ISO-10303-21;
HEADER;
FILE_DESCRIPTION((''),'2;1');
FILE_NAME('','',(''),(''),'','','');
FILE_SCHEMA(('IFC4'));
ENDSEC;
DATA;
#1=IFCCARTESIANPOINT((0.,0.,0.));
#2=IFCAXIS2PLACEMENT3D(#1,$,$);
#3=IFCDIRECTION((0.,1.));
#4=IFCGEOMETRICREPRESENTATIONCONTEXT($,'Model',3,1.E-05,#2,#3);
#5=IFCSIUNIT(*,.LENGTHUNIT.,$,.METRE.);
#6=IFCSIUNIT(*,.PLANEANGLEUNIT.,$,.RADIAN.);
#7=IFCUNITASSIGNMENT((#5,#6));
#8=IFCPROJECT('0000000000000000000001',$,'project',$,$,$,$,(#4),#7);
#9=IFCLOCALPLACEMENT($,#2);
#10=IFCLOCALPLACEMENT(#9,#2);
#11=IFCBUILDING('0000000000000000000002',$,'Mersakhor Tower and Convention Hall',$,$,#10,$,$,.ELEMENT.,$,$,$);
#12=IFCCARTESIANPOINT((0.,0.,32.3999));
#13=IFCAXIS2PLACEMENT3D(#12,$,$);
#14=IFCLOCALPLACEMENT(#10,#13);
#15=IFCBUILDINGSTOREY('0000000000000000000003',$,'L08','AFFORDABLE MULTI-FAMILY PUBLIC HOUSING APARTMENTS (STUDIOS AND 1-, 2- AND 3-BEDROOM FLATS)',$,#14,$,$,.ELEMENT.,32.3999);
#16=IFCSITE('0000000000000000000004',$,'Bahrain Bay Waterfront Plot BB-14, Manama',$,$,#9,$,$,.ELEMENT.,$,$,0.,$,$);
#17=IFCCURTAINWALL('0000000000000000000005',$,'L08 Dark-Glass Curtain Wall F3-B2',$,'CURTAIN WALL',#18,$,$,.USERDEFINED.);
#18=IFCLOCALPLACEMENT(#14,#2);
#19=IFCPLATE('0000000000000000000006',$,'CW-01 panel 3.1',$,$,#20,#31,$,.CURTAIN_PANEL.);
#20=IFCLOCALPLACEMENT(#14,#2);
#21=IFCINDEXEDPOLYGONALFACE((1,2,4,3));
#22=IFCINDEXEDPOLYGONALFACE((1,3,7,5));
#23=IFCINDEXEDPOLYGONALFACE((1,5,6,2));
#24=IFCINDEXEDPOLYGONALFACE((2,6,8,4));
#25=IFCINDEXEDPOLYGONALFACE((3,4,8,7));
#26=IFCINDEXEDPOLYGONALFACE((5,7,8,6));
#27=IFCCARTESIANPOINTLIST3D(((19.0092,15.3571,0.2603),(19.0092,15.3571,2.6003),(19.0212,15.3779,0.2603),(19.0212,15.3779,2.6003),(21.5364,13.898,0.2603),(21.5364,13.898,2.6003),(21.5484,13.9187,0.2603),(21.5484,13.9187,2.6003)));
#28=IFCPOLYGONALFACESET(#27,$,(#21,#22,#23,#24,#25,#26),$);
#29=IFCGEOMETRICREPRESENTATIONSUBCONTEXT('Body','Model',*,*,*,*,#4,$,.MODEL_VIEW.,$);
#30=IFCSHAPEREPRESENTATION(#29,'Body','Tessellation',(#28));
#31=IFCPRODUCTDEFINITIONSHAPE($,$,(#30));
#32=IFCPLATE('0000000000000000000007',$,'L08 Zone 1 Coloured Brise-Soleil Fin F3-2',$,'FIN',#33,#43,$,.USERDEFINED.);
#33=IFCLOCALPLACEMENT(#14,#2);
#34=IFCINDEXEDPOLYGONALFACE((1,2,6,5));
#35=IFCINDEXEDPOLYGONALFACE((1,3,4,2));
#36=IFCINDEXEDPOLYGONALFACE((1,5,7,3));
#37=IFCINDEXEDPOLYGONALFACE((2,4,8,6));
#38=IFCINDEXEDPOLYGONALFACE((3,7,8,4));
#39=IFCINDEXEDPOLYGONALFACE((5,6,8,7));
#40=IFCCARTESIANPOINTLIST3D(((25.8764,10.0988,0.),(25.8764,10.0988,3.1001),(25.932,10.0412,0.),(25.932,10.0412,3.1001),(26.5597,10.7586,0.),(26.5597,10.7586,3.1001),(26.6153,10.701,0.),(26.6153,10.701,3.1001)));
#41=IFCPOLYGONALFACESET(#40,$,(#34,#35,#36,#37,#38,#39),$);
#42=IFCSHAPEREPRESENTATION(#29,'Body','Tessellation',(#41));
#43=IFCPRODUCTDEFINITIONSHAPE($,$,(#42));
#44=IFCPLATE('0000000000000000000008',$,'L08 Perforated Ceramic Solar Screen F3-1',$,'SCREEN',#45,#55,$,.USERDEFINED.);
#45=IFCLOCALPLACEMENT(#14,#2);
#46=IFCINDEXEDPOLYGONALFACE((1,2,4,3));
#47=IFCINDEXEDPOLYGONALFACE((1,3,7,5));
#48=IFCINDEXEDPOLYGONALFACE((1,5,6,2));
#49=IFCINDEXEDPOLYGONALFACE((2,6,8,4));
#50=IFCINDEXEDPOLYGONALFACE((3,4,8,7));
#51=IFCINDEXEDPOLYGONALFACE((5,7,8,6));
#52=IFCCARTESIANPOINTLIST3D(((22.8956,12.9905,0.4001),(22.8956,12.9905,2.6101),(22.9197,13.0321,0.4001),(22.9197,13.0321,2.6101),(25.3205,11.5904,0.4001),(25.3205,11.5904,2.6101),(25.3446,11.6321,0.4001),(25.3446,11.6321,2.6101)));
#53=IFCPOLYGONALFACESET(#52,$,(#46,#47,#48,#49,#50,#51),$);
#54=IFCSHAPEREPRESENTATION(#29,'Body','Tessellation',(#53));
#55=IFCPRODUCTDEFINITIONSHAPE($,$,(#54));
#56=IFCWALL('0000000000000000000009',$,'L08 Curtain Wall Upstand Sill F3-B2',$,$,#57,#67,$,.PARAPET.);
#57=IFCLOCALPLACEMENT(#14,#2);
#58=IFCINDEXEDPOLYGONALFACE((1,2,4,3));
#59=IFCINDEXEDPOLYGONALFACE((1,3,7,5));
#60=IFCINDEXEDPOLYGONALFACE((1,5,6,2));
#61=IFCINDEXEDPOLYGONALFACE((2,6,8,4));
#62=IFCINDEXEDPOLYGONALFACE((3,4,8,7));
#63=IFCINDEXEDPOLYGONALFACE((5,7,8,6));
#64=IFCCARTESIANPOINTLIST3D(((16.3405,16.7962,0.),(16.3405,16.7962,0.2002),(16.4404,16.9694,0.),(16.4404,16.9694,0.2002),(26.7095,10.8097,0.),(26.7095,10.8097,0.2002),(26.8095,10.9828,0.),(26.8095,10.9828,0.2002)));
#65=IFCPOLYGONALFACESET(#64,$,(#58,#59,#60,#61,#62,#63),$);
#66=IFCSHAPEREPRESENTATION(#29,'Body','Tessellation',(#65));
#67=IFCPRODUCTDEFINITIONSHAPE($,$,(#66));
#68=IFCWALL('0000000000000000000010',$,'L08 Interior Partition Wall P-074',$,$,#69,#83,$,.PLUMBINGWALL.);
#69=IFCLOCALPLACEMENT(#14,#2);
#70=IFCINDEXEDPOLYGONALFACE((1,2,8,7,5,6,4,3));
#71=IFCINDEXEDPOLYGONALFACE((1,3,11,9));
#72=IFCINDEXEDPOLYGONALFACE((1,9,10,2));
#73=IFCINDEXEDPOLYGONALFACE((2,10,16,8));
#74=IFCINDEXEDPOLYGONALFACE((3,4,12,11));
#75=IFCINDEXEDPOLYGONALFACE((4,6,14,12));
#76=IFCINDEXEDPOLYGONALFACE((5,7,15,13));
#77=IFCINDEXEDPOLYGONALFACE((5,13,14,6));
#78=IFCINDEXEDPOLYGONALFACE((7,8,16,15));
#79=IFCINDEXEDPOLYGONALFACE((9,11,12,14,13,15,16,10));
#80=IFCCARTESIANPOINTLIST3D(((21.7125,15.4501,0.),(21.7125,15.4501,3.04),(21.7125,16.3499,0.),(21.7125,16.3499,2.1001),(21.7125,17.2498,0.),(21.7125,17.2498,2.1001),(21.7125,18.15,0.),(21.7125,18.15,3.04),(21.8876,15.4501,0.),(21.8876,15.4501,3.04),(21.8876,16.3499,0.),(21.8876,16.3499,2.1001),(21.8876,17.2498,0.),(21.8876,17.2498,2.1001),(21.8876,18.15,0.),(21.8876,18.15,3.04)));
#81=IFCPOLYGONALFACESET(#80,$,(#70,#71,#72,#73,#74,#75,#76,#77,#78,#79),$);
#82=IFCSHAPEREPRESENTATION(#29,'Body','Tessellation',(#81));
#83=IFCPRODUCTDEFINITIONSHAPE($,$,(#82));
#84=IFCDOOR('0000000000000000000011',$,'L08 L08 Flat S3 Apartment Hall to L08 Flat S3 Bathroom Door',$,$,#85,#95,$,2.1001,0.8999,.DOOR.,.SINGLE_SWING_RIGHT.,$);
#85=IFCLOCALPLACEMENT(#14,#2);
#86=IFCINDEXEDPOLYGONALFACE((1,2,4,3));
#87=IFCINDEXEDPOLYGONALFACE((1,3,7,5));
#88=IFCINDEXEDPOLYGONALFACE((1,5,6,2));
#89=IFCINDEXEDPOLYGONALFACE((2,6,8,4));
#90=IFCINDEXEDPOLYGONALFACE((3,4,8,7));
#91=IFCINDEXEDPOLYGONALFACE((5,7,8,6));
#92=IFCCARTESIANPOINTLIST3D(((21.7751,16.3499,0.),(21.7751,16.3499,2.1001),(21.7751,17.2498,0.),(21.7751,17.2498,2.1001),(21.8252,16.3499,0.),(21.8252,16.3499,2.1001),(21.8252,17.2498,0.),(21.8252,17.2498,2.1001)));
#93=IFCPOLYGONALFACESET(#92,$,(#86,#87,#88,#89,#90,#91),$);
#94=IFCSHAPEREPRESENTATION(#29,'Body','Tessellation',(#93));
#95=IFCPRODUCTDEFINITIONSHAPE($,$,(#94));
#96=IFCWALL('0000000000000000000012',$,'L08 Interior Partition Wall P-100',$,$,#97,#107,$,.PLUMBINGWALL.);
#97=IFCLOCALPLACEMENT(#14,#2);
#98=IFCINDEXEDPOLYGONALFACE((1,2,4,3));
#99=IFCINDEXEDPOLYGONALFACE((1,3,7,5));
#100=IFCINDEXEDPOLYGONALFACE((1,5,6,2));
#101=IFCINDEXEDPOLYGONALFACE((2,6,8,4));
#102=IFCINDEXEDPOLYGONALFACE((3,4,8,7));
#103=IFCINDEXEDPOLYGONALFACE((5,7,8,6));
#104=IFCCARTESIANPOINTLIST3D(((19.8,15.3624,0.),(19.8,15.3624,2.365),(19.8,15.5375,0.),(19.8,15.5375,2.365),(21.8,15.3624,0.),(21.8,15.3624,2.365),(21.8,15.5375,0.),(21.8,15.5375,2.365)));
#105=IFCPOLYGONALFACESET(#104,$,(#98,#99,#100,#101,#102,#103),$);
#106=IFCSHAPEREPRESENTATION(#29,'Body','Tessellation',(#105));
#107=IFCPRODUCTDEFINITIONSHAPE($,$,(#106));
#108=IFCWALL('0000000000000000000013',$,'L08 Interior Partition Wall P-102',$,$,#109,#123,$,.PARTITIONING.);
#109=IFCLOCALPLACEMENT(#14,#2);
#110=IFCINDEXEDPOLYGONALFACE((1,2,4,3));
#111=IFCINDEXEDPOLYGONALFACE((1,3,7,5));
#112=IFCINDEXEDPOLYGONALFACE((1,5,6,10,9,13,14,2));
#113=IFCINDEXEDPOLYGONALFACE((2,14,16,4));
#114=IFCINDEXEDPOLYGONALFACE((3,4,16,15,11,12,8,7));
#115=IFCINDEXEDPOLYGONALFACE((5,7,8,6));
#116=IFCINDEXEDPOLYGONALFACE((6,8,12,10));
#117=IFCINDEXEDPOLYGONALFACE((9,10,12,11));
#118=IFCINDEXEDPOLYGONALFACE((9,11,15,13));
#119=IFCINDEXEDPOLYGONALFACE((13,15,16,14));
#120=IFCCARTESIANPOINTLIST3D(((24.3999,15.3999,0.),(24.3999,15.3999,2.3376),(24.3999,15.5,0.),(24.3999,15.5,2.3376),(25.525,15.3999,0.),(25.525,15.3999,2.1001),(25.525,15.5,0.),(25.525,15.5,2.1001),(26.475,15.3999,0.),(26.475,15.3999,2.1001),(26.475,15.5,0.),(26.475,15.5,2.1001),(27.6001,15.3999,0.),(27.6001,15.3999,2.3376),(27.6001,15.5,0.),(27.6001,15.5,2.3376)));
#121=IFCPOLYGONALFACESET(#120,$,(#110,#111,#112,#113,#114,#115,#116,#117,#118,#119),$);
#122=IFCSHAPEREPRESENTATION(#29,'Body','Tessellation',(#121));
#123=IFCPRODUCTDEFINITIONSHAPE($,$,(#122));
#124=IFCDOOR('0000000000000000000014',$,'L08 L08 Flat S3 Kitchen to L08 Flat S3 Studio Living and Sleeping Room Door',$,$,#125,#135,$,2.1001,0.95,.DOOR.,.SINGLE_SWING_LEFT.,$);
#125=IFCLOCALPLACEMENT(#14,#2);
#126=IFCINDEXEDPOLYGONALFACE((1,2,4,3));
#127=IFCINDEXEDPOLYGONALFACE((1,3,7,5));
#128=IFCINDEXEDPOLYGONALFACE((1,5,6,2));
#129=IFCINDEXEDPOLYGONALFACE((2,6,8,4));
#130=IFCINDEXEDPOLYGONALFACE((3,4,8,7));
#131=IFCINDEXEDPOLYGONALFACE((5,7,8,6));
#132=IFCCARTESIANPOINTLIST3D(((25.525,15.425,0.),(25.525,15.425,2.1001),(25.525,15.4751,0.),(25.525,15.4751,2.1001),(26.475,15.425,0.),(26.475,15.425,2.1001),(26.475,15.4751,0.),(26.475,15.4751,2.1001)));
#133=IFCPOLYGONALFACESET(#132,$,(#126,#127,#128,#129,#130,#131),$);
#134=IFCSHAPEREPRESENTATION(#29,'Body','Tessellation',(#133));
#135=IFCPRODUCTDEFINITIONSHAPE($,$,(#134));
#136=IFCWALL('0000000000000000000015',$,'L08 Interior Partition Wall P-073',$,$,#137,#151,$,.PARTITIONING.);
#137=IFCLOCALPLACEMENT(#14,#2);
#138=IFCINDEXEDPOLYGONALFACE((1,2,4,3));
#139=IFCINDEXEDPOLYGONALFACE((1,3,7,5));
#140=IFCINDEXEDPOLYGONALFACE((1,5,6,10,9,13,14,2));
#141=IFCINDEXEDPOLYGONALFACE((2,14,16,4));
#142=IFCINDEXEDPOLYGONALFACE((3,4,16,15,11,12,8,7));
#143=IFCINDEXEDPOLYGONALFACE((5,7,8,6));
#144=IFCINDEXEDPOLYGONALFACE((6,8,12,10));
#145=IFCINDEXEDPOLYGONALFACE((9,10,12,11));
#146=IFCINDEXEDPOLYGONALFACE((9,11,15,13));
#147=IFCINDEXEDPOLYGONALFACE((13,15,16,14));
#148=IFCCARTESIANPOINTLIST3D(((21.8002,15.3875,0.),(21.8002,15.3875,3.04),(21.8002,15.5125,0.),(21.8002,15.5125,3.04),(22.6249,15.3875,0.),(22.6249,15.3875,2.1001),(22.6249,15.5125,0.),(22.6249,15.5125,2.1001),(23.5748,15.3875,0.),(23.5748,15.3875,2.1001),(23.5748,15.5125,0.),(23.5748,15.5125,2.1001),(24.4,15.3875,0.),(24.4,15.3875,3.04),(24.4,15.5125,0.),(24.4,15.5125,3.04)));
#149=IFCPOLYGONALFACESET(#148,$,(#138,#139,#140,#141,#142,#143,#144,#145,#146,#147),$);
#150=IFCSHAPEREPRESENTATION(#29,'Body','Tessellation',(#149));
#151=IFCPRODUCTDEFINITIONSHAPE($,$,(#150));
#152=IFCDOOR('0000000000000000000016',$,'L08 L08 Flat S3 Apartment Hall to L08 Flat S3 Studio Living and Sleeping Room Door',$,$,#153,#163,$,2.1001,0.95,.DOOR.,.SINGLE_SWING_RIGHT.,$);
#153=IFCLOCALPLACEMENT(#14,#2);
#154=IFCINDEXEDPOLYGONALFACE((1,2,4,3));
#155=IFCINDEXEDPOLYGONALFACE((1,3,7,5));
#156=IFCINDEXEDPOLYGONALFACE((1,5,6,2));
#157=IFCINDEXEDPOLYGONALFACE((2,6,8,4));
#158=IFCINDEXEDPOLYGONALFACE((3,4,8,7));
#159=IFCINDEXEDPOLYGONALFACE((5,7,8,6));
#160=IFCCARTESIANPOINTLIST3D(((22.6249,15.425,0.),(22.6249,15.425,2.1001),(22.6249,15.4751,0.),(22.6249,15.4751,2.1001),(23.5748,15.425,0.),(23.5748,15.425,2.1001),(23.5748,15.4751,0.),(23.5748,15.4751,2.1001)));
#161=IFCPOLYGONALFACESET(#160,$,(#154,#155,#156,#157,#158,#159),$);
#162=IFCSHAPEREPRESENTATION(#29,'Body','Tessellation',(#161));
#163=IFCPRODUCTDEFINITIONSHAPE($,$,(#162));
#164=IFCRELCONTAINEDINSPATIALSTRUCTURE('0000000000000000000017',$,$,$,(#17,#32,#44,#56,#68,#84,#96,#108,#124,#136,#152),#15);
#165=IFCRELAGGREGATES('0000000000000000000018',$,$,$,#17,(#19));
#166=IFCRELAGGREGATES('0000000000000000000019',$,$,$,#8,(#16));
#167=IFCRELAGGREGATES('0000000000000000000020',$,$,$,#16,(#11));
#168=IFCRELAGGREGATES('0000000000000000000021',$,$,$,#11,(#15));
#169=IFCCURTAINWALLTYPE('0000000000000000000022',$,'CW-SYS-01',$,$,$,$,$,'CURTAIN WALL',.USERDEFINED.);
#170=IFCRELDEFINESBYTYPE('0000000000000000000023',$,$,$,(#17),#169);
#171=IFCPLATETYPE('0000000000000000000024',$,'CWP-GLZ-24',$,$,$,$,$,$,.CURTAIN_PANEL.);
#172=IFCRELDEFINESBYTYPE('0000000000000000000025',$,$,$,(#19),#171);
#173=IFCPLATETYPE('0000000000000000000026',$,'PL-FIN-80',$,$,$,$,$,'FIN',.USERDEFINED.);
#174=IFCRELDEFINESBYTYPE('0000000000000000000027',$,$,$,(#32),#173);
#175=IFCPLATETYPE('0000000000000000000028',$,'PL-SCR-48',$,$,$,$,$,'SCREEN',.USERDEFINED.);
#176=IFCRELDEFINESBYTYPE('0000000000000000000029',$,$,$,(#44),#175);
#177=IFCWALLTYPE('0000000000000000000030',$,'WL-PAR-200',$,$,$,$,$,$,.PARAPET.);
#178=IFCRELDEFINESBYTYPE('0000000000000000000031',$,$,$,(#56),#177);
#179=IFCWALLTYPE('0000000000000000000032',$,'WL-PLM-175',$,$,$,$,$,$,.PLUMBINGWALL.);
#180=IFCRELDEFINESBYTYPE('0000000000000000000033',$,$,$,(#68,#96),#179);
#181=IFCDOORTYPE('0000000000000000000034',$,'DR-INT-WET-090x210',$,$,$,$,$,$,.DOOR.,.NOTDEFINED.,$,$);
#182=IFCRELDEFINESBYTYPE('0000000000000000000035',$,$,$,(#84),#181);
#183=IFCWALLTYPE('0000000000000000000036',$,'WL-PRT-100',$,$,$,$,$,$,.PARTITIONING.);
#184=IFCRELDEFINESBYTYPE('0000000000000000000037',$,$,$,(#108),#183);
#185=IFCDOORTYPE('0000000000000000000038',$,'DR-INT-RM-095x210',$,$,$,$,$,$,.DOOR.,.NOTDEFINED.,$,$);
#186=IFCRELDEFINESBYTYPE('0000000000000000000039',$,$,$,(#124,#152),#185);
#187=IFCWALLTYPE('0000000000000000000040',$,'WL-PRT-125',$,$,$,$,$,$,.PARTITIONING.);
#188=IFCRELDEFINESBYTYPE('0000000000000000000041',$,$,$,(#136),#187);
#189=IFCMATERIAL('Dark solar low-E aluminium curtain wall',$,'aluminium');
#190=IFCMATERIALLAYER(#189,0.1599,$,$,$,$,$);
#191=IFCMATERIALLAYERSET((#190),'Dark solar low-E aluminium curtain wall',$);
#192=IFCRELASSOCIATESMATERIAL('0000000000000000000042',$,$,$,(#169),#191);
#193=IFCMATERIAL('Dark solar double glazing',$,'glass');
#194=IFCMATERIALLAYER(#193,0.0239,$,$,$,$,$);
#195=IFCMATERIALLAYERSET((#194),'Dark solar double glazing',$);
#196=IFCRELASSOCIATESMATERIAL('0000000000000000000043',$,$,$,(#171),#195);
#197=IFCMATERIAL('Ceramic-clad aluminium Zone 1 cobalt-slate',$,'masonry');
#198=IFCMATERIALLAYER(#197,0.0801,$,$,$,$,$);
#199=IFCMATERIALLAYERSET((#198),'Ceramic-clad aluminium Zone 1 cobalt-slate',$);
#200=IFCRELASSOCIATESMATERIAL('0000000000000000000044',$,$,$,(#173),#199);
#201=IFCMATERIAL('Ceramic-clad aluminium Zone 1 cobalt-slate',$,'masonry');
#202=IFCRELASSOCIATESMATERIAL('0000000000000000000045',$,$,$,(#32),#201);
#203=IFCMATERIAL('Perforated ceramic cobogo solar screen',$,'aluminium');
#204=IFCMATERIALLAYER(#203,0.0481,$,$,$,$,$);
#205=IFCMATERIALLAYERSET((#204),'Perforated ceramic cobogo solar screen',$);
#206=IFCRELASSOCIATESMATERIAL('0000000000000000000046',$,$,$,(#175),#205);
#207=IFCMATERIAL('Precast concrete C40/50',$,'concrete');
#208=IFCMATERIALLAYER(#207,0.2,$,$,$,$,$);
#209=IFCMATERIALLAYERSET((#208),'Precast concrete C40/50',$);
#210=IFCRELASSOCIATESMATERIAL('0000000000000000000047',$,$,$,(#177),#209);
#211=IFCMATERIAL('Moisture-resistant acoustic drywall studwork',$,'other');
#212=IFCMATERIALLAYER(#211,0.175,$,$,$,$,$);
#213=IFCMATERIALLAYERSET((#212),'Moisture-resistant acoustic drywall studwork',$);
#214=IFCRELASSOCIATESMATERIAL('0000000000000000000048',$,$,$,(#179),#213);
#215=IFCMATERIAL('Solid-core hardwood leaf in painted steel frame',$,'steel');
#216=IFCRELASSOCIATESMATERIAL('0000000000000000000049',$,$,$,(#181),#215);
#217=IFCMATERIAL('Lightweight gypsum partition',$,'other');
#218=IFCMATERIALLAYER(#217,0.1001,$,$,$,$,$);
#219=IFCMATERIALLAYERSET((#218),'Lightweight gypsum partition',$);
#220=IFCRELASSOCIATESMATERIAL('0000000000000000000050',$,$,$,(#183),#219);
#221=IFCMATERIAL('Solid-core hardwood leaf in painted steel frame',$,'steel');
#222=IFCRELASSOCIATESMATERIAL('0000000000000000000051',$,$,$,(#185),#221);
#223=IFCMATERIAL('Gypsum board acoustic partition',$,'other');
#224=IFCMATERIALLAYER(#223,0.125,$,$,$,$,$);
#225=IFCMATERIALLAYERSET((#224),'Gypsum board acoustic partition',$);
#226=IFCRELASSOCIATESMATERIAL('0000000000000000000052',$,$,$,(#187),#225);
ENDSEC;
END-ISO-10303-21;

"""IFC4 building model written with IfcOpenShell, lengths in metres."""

from ifc_helpers import new_model, si_unit, direction, frame, frame_2d, origin, origin_2d, place, context, subcontext, project, spatial, rectangle, extrude, material, layer, layer_set, type_object, element, fill, aggregate, save


model = new_model("IFC4")

# Units and contexts
model_context = context("Model", 3, precision=1e-05, world=origin(), true_north=direction((0.0, 1.0)))
body_context = subcontext(model_context, "Body", "Model", "MODEL_VIEW")
ifc_project = project(units=[si_unit("LENGTHUNIT", "METRE"), si_unit("PLANEANGLEUNIT", "RADIAN")], contexts=[model_context])

# Site, building, storey
site_placement = place(None, origin())
site = spatial("IfcSite", under=ifc_project, at=site_placement, Name="Bahrain Bay Waterfront Plot BB-14, Manama", CompositionType="ELEMENT", RefElevation=0.0)
building_placement = place(site_placement, origin())
building = spatial("IfcBuilding", under=site, at=building_placement, Name="Mersakhor Tower and Convention Hall", CompositionType="ELEMENT")
storey_placement = place(building_placement, frame((0.0, 0.0, 32.3999)))
storey = spatial("IfcBuildingStorey", under=building, at=storey_placement, Name="L08", Description="AFFORDABLE MULTI-FAMILY PUBLIC HOUSING APARTMENTS (STUDIOS AND 1-, 2- AND 3-BEDROOM FLATS)", CompositionType="ELEMENT", Elevation=32.3999)

# Curtain wall, plate
ifc_material_1 = material(Name="Dark solar low-E aluminium curtain wall", Category="aluminium")
ifc_layer_1 = layer(ifc_material_1, 0.1599)
ifc_layer_set_1 = layer_set([ifc_layer_1], Name="Dark solar low-E aluminium curtain wall")
curtain_wall_type = type_object("IfcCurtainWallType", Name="CW-SYS-01", ElementType="CURTAIN WALL", PredefinedType="USERDEFINED", material=ifc_layer_set_1)
curtain_wall_placement = place(storey_placement, origin())
curtain_wall = element("IfcCurtainWall", 1, at=curtain_wall_placement, inside=storey, type_object=curtain_wall_type, Name="L08 Dark-Glass Curtain Wall F3-B2", ObjectType="CURTAIN WALL", PredefinedType="USERDEFINED")
ifc_material_2 = material(Name="Dark solar double glazing", Category="glass")
ifc_layer_2 = layer(ifc_material_2, 0.0239)
ifc_layer_set_2 = layer_set([ifc_layer_2], Name="Dark solar double glazing")
plate_type_1 = type_object("IfcPlateType", Name="CWP-GLZ-24", PredefinedType="CURTAIN_PANEL", material=ifc_layer_set_2)
plate_1_placement = place(storey_placement, frame((20.2788, 14.6379, 0.2603), z_axis=(0.0, 0.0, 1.0), x_axis=(-0.866023, 0.500003, 0.0)))
plate_1 = element("IfcPlate", 2, at=plate_1_placement, type_object=plate_type_1, Name="CW-01 panel 3.1", PredefinedType="CURTAIN_PANEL", context=body_context, shape_type="SweptSolid", body=[
    extrude(rectangle(XDim=2.9182, YDim=0.0239, at=origin_2d()), origin(), (0.0, 0.0, 1.0), 2.3401),
])
aggregate(curtain_wall, [plate_1])

# Plates
ifc_material_3 = material(Name="Ceramic-clad aluminium Zone 1 cobalt-slate", Category="masonry")
ifc_material_4 = material(Name="Ceramic-clad aluminium Zone 1 cobalt-slate", Category="masonry")
ifc_layer_3 = layer(ifc_material_4, 0.0801)
ifc_layer_set_3 = layer_set([ifc_layer_3], Name="Ceramic-clad aluminium Zone 1 cobalt-slate")
plate_type_2 = type_object("IfcPlateType", Name="PL-FIN-80", ElementType="FIN", PredefinedType="USERDEFINED", material=ifc_layer_set_3)
plate_2_placement = place(storey_placement, frame((26.2458, 10.3999, 0.0), z_axis=(0.0, 0.0, 1.0), x_axis=(-0.71934, -0.694658, 0.0)))
element("IfcPlate", 3, at=plate_2_placement, inside=storey, type_object=plate_type_2, material=ifc_material_3, Name="L08 Zone 1 Coloured Brise-Soleil Fin F3-2", ObjectType="FIN", PredefinedType="USERDEFINED", context=body_context, shape_type="SweptSolid", body=[
    extrude(rectangle(XDim=0.95, YDim=0.0801, at=origin_2d()), origin(), (0.0, 0.0, 1.0), 3.1001),
])
ifc_material_5 = material(Name="Perforated ceramic cobogo solar screen", Category="aluminium")
ifc_layer_4 = layer(ifc_material_5, 0.0481)
ifc_layer_set_4 = layer_set([ifc_layer_4], Name="Perforated ceramic cobogo solar screen")
plate_type_3 = type_object("IfcPlateType", Name="PL-SCR-48", ElementType="SCREEN", PredefinedType="USERDEFINED", material=ifc_layer_set_4)
plate_3_placement = place(storey_placement, frame((24.1201, 12.3113, 0.4001), z_axis=(0.0, 0.0, 1.0), x_axis=(-0.866025, 0.5, 0.0)))
element("IfcPlate", 4, at=plate_3_placement, inside=storey, type_object=plate_type_3, Name="L08 Perforated Ceramic Solar Screen F3-1", ObjectType="SCREEN", PredefinedType="USERDEFINED", context=body_context, shape_type="SweptSolid", body=[
    extrude(rectangle(XDim=2.8, YDim=0.0481, at=origin_2d()), origin(), (0.0, 0.0, 1.0), 2.21),
])

# Wall
ifc_material_6 = material(Name="Precast concrete C40/50", Category="concrete")
ifc_layer_5 = layer(ifc_material_6, 0.2)
ifc_layer_set_5 = layer_set([ifc_layer_5], Name="Precast concrete C40/50")
wall_type_1 = type_object("IfcWallType", Name="WL-PAR-200", PredefinedType="PARAPET", material=ifc_layer_set_5)
wall_1_placement = place(storey_placement, frame((26.7595, 10.8962, 0.0), z_axis=(0.0, 0.0, 1.0), x_axis=(-0.866027, 0.499997, 0.0)))
element("IfcWall", 5, at=wall_1_placement, inside=storey, type_object=wall_type_1, Name="L08 Curtain Wall Upstand Sill F3-B2", PredefinedType="PARAPET", context=body_context, shape_type="SweptSolid", body=[
    extrude(rectangle(XDim=11.9731, YDim=0.2, at=frame_2d((5.9866, 0.0))), origin(), (0.0, 0.0, 1.0), 0.2002),
])

# Wall, opening, door
ifc_material_7 = material(Name="Moisture-resistant acoustic drywall studwork", Category="other")
ifc_layer_6 = layer(ifc_material_7, 0.175)
ifc_layer_set_6 = layer_set([ifc_layer_6], Name="Moisture-resistant acoustic drywall studwork")
wall_type_2 = type_object("IfcWallType", Name="WL-PLM-175", PredefinedType="PLUMBINGWALL", material=ifc_layer_set_6)
wall_2_placement = place(storey_placement, frame((21.8, 15.45, 0.0), z_axis=(0.0, 0.0, 1.0), x_axis=(0.0, 1.0, 0.0)))
wall_2 = element("IfcWall", 6, at=wall_2_placement, inside=storey, type_object=wall_type_2, Name="L08 Interior Partition Wall P-074", PredefinedType="PLUMBINGWALL", context=body_context, shape_type="SweptSolid", body=[
    extrude(rectangle(XDim=2.7, YDim=0.175, at=frame_2d((1.3501, 0.0))), origin(), (0.0, 0.0, 1.0), 3.04),
])
opening_1_placement = place(wall_2_placement, frame((0.8999, 0.0, 0.0)))
opening_1 = element("IfcOpeningElement", 7, at=opening_1_placement, cuts=wall_2, PredefinedType="OPENING", context=body_context, shape_type="SweptSolid", body=[
    extrude(rectangle(XDim=0.8999, YDim=2.1001, at=frame_2d((0.45, 1.05))), frame((0.0, 0.0974, 0.0), z_axis=(0.0, -1.0, 0.0), x_axis=(1.0, 0.0, 0.0)), (0.0, 0.0, 1.0), 0.1951),
])
ifc_material_8 = material(Name="Solid-core hardwood leaf in painted steel frame", Category="steel")
door_type_1 = type_object("IfcDoorType", Name="DR-INT-WET-090x210", OperationType="NOTDEFINED", PredefinedType="DOOR", material=ifc_material_8)
door_1_placement = place(opening_1_placement, origin())
door_1 = element("IfcDoor", 8, at=door_1_placement, inside=storey, type_object=door_type_1, Name="L08 L08 Flat S3 Apartment Hall to L08 Flat S3 Bathroom Door", OperationType="SINGLE_SWING_RIGHT", OverallHeight=2.1001, OverallWidth=0.8999, PredefinedType="DOOR", context=body_context, shape_type="SweptSolid", body=[
    extrude(rectangle(XDim=0.8999, YDim=2.1001, at=frame_2d((0.45, 1.05))), frame((0.0, 0.0249, 0.0), z_axis=(0.0, -1.0, 0.0), x_axis=(1.0, 0.0, 0.0)), (0.0, 0.0, 1.0), 0.05),
])
fill(opening_1, door_1)

# Wall
wall_3_placement = place(storey_placement, frame((21.8, 15.45, 0.0), z_axis=(0.0, 0.0, 1.0), x_axis=(-1.0, 0.0, 0.0)))
element("IfcWall", 9, at=wall_3_placement, inside=storey, type_object=wall_type_2, Name="L08 Interior Partition Wall P-100", PredefinedType="PLUMBINGWALL", context=body_context, shape_type="SweptSolid", body=[
    extrude(rectangle(XDim=2.0, YDim=0.175, at=frame_2d((1.0, 0.0))), origin(), (0.0, 0.0, 1.0), 2.365),
])

# Walls, openings, doors
ifc_material_9 = material(Name="Lightweight gypsum partition", Category="other")
ifc_layer_7 = layer(ifc_material_9, 0.1001)
ifc_layer_set_7 = layer_set([ifc_layer_7], Name="Lightweight gypsum partition")
wall_type_3 = type_object("IfcWallType", Name="WL-PRT-100", PredefinedType="PARTITIONING", material=ifc_layer_set_7)
wall_4_placement = place(storey_placement, frame((27.6001, 15.45, 0.0), z_axis=(0.0, 0.0, 1.0), x_axis=(-1.0, 0.0, 0.0)))
wall_4 = element("IfcWall", 10, at=wall_4_placement, inside=storey, type_object=wall_type_3, Name="L08 Interior Partition Wall P-102", PredefinedType="PARTITIONING", context=body_context, shape_type="SweptSolid", body=[
    extrude(rectangle(XDim=3.2002, YDim=0.1001, at=frame_2d((1.6001, 0.0))), origin(), (0.0, 0.0, 1.0), 2.3376),
])
opening_2_placement = place(wall_4_placement, frame((1.125, 0.0, 0.0)))
opening_2 = element("IfcOpeningElement", 11, at=opening_2_placement, cuts=wall_4, PredefinedType="OPENING", context=body_context, shape_type="SweptSolid", body=[
    extrude(rectangle(XDim=0.95, YDim=2.1001, at=frame_2d((0.4751, 1.05))), frame((0.0, 0.0601, 0.0), z_axis=(0.0, -1.0, 0.0), x_axis=(1.0, 0.0, 0.0)), (0.0, 0.0, 1.0), 0.1201),
])
ifc_material_10 = material(Name="Solid-core hardwood leaf in painted steel frame", Category="steel")
door_type_2 = type_object("IfcDoorType", Name="DR-INT-RM-095x210", OperationType="NOTDEFINED", PredefinedType="DOOR", material=ifc_material_10)
door_2_placement = place(opening_2_placement, origin())
door_2 = element("IfcDoor", 12, at=door_2_placement, inside=storey, type_object=door_type_2, Name="L08 L08 Flat S3 Kitchen to L08 Flat S3 Studio Living and Sleeping Room Door", OperationType="SINGLE_SWING_LEFT", OverallHeight=2.1001, OverallWidth=0.95, PredefinedType="DOOR", context=body_context, shape_type="SweptSolid", body=[
    extrude(rectangle(XDim=0.95, YDim=2.1001, at=frame_2d((0.4751, 1.05))), frame((0.0, 0.0249, 0.0), z_axis=(0.0, -1.0, 0.0), x_axis=(1.0, 0.0, 0.0)), (0.0, 0.0, 1.0), 0.05),
])
fill(opening_2, door_2)
ifc_material_11 = material(Name="Gypsum board acoustic partition", Category="other")
ifc_layer_8 = layer(ifc_material_11, 0.125)
ifc_layer_set_8 = layer_set([ifc_layer_8], Name="Gypsum board acoustic partition")
wall_type_4 = type_object("IfcWallType", Name="WL-PRT-125", PredefinedType="PARTITIONING", material=ifc_layer_set_8)
wall_5_placement = place(storey_placement, frame((24.3999, 15.45, 0.0), z_axis=(0.0, 0.0, 1.0), x_axis=(-1.0, 0.0, 0.0)))
wall_5 = element("IfcWall", 13, at=wall_5_placement, inside=storey, type_object=wall_type_4, Name="L08 Interior Partition Wall P-073", PredefinedType="PARTITIONING", context=body_context, shape_type="SweptSolid", body=[
    extrude(rectangle(XDim=2.5999, YDim=0.125, at=frame_2d((1.2998, 0.0))), origin(), (0.0, 0.0, 1.0), 3.04),
])
opening_3_placement = place(wall_5_placement, frame((0.825, 0.0, 0.0)))
opening_3 = element("IfcOpeningElement", 14, at=opening_3_placement, cuts=wall_5, PredefinedType="OPENING", context=body_context, shape_type="SweptSolid", body=[
    extrude(rectangle(XDim=0.95, YDim=2.1001, at=frame_2d((0.4751, 1.05))), frame((0.0, 0.0725, 0.0), z_axis=(0.0, -1.0, 0.0), x_axis=(1.0, 0.0, 0.0)), (0.0, 0.0, 1.0), 0.145),
])
door_3_placement = place(opening_3_placement, origin())
door_3 = element("IfcDoor", 15, at=door_3_placement, inside=storey, type_object=door_type_2, Name="L08 L08 Flat S3 Apartment Hall to L08 Flat S3 Studio Living and Sleeping Room Door", OperationType="SINGLE_SWING_RIGHT", OverallHeight=2.1001, OverallWidth=0.95, PredefinedType="DOOR", context=body_context, shape_type="SweptSolid", body=[
    extrude(rectangle(XDim=0.95, YDim=2.1001, at=frame_2d((0.4751, 1.05))), frame((0.0, 0.0249, 0.0), z_axis=(0.0, -1.0, 0.0), x_axis=(1.0, 0.0, 0.0)), (0.0, 0.0, 1.0), 0.05),
])
fill(opening_3, door_3)

save(model, "model.ifc")
